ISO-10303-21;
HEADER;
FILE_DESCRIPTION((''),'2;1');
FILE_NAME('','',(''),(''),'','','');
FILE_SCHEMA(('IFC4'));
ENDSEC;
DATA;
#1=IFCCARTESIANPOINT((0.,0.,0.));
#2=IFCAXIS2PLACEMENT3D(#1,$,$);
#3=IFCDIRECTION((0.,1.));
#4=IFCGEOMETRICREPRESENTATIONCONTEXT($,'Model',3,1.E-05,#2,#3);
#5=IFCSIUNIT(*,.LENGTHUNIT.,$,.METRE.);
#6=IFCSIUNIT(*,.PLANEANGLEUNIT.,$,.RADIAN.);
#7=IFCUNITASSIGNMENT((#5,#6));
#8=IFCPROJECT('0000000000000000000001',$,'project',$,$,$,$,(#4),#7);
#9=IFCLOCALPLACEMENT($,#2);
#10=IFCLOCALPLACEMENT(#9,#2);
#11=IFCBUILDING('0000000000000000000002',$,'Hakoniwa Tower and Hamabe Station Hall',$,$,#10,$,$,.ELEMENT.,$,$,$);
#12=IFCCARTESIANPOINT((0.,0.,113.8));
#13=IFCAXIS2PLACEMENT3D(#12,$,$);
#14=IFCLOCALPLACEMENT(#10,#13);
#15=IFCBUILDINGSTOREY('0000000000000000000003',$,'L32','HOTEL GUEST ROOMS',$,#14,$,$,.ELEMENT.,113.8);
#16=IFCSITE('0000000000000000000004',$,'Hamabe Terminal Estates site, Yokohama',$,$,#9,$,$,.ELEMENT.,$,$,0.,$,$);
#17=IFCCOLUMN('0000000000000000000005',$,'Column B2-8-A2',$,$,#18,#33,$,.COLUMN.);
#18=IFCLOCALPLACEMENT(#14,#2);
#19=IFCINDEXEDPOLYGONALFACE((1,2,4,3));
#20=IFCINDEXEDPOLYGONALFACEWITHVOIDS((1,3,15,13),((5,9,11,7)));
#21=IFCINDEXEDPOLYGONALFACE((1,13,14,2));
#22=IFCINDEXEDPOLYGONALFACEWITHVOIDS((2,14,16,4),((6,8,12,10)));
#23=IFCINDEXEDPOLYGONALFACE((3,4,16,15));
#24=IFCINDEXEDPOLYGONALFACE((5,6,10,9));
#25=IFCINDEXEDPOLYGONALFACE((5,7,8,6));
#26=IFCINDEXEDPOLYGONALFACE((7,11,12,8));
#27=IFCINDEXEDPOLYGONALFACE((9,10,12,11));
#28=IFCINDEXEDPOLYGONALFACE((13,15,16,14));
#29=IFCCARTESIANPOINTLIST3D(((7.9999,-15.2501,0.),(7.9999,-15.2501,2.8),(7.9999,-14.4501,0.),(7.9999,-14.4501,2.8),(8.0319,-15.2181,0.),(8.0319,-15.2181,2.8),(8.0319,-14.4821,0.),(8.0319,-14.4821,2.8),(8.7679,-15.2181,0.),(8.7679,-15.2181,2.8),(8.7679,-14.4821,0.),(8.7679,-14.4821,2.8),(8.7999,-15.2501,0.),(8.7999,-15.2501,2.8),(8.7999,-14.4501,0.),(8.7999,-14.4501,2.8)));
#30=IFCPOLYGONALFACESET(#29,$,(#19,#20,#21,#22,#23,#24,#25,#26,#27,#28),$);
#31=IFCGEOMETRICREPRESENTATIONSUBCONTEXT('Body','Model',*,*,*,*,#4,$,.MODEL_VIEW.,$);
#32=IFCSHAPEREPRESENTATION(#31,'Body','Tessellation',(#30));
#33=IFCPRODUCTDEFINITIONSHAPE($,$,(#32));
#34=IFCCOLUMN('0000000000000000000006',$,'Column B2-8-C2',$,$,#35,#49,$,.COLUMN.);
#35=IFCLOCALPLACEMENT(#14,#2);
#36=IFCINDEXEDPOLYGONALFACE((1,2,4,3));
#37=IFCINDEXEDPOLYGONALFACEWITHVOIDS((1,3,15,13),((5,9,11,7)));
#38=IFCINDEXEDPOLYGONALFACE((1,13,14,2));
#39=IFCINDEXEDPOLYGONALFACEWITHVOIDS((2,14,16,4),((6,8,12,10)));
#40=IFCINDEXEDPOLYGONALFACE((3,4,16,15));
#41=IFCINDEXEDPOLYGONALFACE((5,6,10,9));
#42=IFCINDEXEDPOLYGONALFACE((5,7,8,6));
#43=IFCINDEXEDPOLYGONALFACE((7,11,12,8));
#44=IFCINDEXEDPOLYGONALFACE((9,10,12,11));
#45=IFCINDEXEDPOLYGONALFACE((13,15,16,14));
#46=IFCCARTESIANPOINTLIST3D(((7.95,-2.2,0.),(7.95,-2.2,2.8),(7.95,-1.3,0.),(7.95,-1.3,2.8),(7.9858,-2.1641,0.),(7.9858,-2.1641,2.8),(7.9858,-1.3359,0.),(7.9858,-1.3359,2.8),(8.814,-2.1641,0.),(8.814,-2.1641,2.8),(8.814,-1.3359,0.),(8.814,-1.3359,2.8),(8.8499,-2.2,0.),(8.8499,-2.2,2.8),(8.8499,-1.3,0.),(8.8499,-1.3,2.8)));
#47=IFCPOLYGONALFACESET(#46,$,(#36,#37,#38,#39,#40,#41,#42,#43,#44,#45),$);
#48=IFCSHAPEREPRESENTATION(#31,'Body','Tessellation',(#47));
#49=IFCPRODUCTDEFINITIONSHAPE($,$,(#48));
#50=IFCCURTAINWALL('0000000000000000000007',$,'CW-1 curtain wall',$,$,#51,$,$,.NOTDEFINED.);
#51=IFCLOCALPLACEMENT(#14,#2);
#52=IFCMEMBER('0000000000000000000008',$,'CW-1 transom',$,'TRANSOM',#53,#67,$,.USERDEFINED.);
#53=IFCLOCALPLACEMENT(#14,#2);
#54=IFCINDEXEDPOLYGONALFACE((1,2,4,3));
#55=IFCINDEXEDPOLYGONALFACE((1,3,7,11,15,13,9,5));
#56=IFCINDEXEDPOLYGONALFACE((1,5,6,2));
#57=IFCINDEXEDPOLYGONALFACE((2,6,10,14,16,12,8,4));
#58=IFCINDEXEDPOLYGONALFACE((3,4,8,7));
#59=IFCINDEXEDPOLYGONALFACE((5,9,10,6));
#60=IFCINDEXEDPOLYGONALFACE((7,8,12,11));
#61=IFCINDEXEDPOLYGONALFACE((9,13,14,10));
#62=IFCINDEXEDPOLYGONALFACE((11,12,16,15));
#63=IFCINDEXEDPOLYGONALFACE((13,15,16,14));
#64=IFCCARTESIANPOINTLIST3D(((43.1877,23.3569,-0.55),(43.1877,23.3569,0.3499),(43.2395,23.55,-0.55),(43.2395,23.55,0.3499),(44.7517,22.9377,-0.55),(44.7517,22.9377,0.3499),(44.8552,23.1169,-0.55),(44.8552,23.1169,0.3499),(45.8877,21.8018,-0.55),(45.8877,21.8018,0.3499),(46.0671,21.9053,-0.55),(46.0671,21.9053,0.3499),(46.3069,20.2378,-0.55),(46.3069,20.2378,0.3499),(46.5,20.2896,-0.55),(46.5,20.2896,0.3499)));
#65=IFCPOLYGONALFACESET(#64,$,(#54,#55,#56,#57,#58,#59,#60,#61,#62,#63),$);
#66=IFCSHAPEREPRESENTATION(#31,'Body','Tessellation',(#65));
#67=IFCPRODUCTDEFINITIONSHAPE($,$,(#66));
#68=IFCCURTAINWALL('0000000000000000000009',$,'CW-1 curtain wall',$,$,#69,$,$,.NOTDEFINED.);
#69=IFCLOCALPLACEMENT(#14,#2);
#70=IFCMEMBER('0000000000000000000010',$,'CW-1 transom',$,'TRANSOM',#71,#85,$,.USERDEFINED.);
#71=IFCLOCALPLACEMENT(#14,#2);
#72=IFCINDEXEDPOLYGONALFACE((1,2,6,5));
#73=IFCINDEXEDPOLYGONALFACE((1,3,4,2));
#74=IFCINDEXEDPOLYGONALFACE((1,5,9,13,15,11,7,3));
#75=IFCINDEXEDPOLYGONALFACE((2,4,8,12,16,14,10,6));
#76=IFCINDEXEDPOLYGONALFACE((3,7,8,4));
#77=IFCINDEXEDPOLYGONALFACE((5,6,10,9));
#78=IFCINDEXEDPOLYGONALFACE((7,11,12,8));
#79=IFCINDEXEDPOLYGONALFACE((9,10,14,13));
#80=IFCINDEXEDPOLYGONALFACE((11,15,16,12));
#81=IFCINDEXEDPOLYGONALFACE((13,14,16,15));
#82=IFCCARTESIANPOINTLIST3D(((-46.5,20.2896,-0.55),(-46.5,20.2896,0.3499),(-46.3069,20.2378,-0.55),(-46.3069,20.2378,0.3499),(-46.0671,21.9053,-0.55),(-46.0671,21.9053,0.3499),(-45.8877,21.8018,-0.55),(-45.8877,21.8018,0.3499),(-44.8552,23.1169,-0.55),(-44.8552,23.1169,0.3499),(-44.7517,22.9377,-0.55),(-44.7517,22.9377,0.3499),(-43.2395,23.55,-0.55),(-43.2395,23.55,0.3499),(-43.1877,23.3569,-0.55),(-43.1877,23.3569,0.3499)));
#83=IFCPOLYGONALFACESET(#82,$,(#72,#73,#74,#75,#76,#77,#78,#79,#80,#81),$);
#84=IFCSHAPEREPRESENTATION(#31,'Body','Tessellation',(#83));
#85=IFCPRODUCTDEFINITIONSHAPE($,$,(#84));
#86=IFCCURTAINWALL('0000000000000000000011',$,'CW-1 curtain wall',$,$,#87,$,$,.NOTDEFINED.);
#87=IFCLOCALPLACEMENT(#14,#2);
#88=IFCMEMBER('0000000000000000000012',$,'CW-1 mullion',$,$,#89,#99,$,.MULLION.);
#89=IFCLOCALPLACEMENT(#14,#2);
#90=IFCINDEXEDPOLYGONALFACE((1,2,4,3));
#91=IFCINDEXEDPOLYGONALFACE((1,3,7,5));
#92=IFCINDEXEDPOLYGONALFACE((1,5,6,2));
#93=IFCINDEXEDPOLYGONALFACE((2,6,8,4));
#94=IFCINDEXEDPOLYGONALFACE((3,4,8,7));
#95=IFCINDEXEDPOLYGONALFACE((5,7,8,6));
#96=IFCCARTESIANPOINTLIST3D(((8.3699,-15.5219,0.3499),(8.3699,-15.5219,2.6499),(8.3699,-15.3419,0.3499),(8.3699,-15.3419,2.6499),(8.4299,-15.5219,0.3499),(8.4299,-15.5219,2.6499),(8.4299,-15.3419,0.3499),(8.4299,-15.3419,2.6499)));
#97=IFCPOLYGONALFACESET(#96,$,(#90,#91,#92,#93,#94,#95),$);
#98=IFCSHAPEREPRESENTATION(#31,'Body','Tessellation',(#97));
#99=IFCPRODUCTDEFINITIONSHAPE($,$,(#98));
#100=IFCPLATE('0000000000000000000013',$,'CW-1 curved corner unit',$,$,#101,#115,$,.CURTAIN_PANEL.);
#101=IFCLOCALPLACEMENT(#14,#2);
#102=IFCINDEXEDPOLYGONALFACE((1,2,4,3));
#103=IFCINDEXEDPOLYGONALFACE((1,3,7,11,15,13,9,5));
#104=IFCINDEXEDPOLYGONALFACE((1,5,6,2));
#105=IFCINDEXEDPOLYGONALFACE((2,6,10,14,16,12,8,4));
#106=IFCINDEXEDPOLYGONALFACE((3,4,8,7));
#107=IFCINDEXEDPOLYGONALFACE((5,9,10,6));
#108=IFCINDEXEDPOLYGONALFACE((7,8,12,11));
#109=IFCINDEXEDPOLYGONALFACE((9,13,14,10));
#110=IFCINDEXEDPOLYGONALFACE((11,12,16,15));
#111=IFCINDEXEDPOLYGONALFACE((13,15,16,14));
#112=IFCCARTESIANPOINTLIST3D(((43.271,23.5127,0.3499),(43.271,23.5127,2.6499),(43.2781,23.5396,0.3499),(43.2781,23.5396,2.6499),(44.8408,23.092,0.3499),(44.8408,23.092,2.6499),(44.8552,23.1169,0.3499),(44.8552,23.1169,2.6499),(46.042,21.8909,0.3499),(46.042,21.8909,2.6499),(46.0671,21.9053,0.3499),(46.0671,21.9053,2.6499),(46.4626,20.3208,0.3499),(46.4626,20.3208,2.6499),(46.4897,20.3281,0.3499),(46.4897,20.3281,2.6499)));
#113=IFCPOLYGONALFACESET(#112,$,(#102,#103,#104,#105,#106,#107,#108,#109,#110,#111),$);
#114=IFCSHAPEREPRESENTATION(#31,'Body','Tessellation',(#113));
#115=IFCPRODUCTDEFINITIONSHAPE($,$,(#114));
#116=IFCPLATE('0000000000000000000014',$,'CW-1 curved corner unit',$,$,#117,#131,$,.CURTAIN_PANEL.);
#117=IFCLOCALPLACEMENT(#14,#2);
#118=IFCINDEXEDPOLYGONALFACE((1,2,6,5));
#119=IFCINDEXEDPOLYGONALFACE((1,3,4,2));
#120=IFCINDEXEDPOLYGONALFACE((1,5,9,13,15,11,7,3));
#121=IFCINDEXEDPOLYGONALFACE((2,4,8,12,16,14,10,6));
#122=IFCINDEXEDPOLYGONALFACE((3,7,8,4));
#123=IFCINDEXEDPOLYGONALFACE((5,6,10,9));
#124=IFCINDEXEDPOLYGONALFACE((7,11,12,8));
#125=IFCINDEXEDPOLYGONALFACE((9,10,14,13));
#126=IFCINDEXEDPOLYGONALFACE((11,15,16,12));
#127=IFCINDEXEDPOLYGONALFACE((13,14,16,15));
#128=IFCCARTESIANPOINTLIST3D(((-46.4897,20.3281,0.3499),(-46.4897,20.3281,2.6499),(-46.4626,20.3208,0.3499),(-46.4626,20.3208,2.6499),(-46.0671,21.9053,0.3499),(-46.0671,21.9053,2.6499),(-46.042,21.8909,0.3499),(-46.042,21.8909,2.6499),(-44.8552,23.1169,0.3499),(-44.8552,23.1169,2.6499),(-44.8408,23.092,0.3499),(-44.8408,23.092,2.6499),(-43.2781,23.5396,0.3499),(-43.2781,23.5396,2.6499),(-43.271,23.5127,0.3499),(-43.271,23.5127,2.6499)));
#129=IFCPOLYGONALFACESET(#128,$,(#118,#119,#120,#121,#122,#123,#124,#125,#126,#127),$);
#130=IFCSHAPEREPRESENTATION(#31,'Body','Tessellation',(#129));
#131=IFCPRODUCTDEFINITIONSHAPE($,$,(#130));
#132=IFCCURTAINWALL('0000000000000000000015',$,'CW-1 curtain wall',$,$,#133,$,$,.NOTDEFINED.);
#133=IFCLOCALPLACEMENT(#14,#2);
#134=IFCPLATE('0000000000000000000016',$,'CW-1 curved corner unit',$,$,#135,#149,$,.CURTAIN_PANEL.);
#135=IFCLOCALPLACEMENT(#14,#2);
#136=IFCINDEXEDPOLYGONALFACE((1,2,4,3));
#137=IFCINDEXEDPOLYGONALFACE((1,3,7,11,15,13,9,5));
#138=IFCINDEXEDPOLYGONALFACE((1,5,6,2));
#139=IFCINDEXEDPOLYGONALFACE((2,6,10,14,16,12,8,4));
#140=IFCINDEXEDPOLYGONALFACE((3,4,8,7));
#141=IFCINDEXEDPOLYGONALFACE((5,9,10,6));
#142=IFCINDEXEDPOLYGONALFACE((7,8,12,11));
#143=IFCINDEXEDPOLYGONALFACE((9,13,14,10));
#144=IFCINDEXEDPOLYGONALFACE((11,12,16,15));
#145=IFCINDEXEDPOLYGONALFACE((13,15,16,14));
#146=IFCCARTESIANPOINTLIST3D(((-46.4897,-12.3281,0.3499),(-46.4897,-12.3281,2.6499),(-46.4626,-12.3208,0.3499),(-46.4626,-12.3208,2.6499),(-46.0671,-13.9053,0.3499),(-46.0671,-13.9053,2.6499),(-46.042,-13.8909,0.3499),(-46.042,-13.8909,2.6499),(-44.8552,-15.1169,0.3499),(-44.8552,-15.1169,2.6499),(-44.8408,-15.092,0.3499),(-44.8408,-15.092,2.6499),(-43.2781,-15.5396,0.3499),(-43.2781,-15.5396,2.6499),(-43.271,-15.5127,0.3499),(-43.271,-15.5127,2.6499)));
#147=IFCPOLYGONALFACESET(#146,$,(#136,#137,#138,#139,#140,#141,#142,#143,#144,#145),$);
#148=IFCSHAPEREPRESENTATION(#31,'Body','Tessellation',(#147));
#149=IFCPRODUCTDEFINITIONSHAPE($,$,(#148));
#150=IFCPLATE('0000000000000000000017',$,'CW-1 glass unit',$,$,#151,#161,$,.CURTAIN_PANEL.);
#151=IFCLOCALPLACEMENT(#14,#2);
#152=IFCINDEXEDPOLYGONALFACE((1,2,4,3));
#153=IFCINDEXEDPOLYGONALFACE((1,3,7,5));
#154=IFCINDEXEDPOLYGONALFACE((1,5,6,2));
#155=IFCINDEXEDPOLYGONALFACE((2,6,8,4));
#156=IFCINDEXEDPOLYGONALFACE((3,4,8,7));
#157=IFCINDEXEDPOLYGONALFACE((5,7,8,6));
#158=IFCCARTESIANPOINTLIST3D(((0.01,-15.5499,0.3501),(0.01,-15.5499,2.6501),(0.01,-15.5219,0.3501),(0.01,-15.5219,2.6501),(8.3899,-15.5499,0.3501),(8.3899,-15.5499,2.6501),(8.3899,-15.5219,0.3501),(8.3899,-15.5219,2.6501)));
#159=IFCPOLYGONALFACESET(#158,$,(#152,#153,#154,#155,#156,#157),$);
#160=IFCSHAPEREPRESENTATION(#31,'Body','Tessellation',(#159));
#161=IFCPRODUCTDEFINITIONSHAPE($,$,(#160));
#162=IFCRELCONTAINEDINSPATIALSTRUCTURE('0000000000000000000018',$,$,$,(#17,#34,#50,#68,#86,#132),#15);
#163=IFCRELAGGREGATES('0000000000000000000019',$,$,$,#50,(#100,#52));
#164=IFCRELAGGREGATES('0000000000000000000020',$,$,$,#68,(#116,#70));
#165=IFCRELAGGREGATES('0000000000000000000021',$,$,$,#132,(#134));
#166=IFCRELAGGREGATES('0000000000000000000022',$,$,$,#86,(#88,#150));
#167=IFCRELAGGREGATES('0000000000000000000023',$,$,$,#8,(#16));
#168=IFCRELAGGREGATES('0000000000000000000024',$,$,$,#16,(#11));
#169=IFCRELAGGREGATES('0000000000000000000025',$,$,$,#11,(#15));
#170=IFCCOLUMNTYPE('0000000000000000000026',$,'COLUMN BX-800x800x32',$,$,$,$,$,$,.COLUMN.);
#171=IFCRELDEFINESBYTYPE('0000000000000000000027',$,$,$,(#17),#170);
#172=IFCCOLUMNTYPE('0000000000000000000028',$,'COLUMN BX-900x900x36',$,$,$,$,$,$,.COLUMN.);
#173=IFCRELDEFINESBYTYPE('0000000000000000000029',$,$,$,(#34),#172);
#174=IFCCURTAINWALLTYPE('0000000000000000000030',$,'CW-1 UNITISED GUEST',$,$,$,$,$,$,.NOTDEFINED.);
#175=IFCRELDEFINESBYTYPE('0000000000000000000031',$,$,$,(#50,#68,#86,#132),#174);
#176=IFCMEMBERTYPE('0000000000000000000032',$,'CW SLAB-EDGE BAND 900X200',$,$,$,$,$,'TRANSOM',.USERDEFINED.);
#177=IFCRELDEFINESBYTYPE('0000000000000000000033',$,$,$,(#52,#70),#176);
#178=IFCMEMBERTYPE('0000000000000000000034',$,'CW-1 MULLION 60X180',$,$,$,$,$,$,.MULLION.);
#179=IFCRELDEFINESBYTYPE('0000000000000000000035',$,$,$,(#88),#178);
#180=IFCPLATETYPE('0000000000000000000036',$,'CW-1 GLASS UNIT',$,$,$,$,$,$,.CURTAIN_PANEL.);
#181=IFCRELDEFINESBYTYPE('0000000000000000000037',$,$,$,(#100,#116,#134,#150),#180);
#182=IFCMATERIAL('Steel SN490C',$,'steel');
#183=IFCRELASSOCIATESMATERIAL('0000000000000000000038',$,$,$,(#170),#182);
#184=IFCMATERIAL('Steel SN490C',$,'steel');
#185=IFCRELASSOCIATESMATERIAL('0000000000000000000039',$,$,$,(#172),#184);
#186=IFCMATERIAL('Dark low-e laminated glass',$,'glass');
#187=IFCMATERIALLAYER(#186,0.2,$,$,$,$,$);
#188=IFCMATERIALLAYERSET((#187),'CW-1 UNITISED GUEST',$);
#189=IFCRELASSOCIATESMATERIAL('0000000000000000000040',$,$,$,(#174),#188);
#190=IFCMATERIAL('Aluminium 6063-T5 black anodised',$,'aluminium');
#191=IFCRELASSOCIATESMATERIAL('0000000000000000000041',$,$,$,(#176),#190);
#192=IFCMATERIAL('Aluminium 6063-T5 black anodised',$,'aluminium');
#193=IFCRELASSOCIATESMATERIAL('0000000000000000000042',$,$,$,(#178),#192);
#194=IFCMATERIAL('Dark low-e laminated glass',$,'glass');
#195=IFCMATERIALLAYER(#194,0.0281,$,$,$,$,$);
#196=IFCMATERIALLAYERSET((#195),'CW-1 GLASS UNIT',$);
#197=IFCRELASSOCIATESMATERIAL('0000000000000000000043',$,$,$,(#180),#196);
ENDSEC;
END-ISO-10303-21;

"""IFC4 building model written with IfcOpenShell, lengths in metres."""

from ifc_helpers import new_model, si_unit, direction, frame, origin, origin_2d, place, context, subcontext, project, spatial, polyline, rectangle, hollow_rectangle, outline, extrude, material, layer, layer_set, material_profile, profile_set, type_object, element, aggregate, save


model = new_model("IFC4")

# Units and contexts
model_context = context("Model", 3, precision=1e-05, world=origin(), true_north=direction((0.0, 1.0)))
body_context = subcontext(model_context, "Body", "Model", "MODEL_VIEW")
ifc_project = project(units=[si_unit("LENGTHUNIT", "METRE"), si_unit("PLANEANGLEUNIT", "RADIAN")], contexts=[model_context])

# Site, building, storey
site_placement = place(None, origin())
site = spatial("IfcSite", under=ifc_project, at=site_placement, Name="Hamabe Terminal Estates site, Yokohama", CompositionType="ELEMENT", RefElevation=0.0)
building_placement = place(site_placement, origin())
building = spatial("IfcBuilding", under=site, at=building_placement, Name="Hakoniwa Tower and Hamabe Station Hall", CompositionType="ELEMENT")
storey_placement = place(building_placement, frame((0.0, 0.0, 113.8)))
storey = spatial("IfcBuildingStorey", under=building, at=storey_placement, Name="L32", Description="HOTEL GUEST ROOMS", CompositionType="ELEMENT", Elevation=113.8)

# Columns
ifc_material_1 = material(Name="Steel SN490C", Category="steel")
ifc_material_profile_1 = material_profile(ifc_material_1, hollow_rectangle(XDim=0.8, YDim=0.8, WallThickness=0.032, at=origin_2d()), Name="BX-800x800x32")
ifc_profile_set_1 = profile_set([ifc_material_profile_1], Name="Steel SN490C")
column_type_1 = type_object("IfcColumnType", Name="COLUMN BX-800x800x32", PredefinedType="COLUMN", material=ifc_profile_set_1)
column_1_placement = place(storey_placement, frame((8.3999, -14.8501, 0.0), z_axis=(0.0, 0.0, 1.0), x_axis=(1.0, 0.0, 0.0)))
element("IfcColumn", 1, at=column_1_placement, inside=storey, type_object=column_type_1, Name="Column B2-8-A2", PredefinedType="COLUMN", context=body_context, shape_type="SweptSolid", body=[
    extrude(hollow_rectangle(XDim=0.8, YDim=0.8, WallThickness=0.032, at=origin_2d()), origin(), (0.0, 0.0, 1.0), 2.8),
])
ifc_material_2 = material(Name="Steel SN490C", Category="steel")
ifc_material_profile_2 = material_profile(ifc_material_2, hollow_rectangle(XDim=0.8999, YDim=0.8999, WallThickness=0.0359, at=origin_2d()), Name="BX-900x900x36")
ifc_profile_set_2 = profile_set([ifc_material_profile_2], Name="Steel SN490C")
column_type_2 = type_object("IfcColumnType", Name="COLUMN BX-900x900x36", PredefinedType="COLUMN", material=ifc_profile_set_2)
column_2_placement = place(storey_placement, frame((8.3999, -1.75, 0.0), z_axis=(0.0, 0.0, 1.0), x_axis=(1.0, 0.0, 0.0)))
element("IfcColumn", 2, at=column_2_placement, inside=storey, type_object=column_type_2, Name="Column B2-8-C2", PredefinedType="COLUMN", context=body_context, shape_type="SweptSolid", body=[
    extrude(hollow_rectangle(XDim=0.8999, YDim=0.8999, WallThickness=0.0359, at=origin_2d()), origin(), (0.0, 0.0, 1.0), 2.8),
])

# Curtain walls, members
ifc_material_3 = material(Name="Dark low-e laminated glass", Category="glass")
ifc_layer_1 = layer(ifc_material_3, 0.2)
ifc_layer_set_1 = layer_set([ifc_layer_1], Name="CW-1 UNITISED GUEST")
curtain_wall_type = type_object("IfcCurtainWallType", Name="CW-1 UNITISED GUEST", PredefinedType="NOTDEFINED", material=ifc_layer_set_1)
curtain_wall_1_placement = place(storey_placement, origin())
curtain_wall_1 = element("IfcCurtainWall", 3, at=curtain_wall_1_placement, inside=storey, type_object=curtain_wall_type, Name="CW-1 curtain wall", PredefinedType="NOTDEFINED")
ifc_material_4 = material(Name="Aluminium 6063-T5 black anodised", Category="aluminium")
ifc_material_profile_3 = material_profile(ifc_material_4, rectangle(XDim=0.2, YDim=0.8999, at=origin_2d()), Name="CW SLAB-EDGE BAND 900X200")
ifc_profile_set_3 = profile_set([ifc_material_profile_3], Name="Aluminium 6063-T5 black anodised")
member_type_1 = type_object("IfcMemberType", Name="CW SLAB-EDGE BAND 900X200", ElementType="TRANSOM", PredefinedType="USERDEFINED", material=ifc_profile_set_3)
member_1_placement = place(storey_placement, frame((0.0, 0.0, -0.55)))
member_1 = element("IfcMember", 4, at=member_1_placement, type_object=member_type_1, Name="CW-1 transom", ObjectType="TRANSOM", PredefinedType="USERDEFINED", context=body_context, shape_type="SweptSolid", body=[
    extrude(outline(polyline([(46.5, 20.2896), (46.0671, 21.9053), (44.8552, 23.1169), (43.2395, 23.55), (43.1877, 23.3569), (44.7517, 22.9377), (45.8877, 21.8018), (46.3069, 20.2378), (46.5, 20.2896)])), origin(), (0.0, 0.0, 1.0), 0.8999),
])
curtain_wall_2_placement = place(storey_placement, origin())
curtain_wall_2 = element("IfcCurtainWall", 5, at=curtain_wall_2_placement, inside=storey, type_object=curtain_wall_type, Name="CW-1 curtain wall", PredefinedType="NOTDEFINED")
member_2_placement = place(storey_placement, frame((0.0, 0.0, -0.55)))
member_2 = element("IfcMember", 6, at=member_2_placement, type_object=member_type_1, Name="CW-1 transom", ObjectType="TRANSOM", PredefinedType="USERDEFINED", context=body_context, shape_type="SweptSolid", body=[
    extrude(outline(polyline([(-43.2395, 23.55), (-44.8552, 23.1169), (-46.0671, 21.9053), (-46.5, 20.2896), (-46.3069, 20.2378), (-45.8877, 21.8018), (-44.7517, 22.9377), (-43.1877, 23.3569), (-43.2395, 23.55)])), origin(), (0.0, 0.0, 1.0), 0.8999),
])
curtain_wall_3_placement = place(storey_placement, origin())
curtain_wall_3 = element("IfcCurtainWall", 7, at=curtain_wall_3_placement, inside=storey, type_object=curtain_wall_type, Name="CW-1 curtain wall", PredefinedType="NOTDEFINED")
ifc_material_5 = material(Name="Aluminium 6063-T5 black anodised", Category="aluminium")
ifc_material_profile_4 = material_profile(ifc_material_5, rectangle(XDim=0.0601, YDim=0.1799, at=origin_2d()), Name="CW-1 MULLION 60X180")
ifc_profile_set_4 = profile_set([ifc_material_profile_4], Name="Aluminium 6063-T5 black anodised")
member_type_2 = type_object("IfcMemberType", Name="CW-1 MULLION 60X180", PredefinedType="MULLION", material=ifc_profile_set_4)
member_3_placement = place(storey_placement, frame((8.3999, -15.4319, 0.3499), z_axis=(0.0, 0.0, 1.0), x_axis=(1.0, 0.0, 0.0)))
member_3 = element("IfcMember", 8, at=member_3_placement, type_object=member_type_2, Name="CW-1 mullion", PredefinedType="MULLION", context=body_context, shape_type="SweptSolid", body=[
    extrude(rectangle(XDim=0.0601, YDim=0.1799, at=origin_2d()), origin(), (0.0, 0.0, 1.0), 2.3),
])

# Plates
ifc_material_6 = material(Name="Dark low-e laminated glass", Category="glass")
ifc_layer_2 = layer(ifc_material_6, 0.0281)
ifc_layer_set_2 = layer_set([ifc_layer_2], Name="CW-1 GLASS UNIT")
plate_type = type_object("IfcPlateType", Name="CW-1 GLASS UNIT", PredefinedType="CURTAIN_PANEL", material=ifc_layer_set_2)
plate_1_placement = place(storey_placement, frame((0.0, 0.0, 0.3499)))
plate_1 = element("IfcPlate", 9, at=plate_1_placement, type_object=plate_type, Name="CW-1 curved corner unit", PredefinedType="CURTAIN_PANEL", context=body_context, shape_type="SweptSolid", body=[
    extrude(outline(polyline([(46.4897, 20.3281), (46.0671, 21.9053), (44.8552, 23.1169), (43.2781, 23.5396), (43.271, 23.5127), (44.8408, 23.092), (46.042, 21.8909), (46.4626, 20.3208), (46.4897, 20.3281)])), origin(), (0.0, 0.0, 1.0), 2.3),
])
aggregate(curtain_wall_1, [plate_1, member_1])
plate_2_placement = place(storey_placement, frame((0.0, 0.0, 0.3499)))
plate_2 = element("IfcPlate", 10, at=plate_2_placement, type_object=plate_type, Name="CW-1 curved corner unit", PredefinedType="CURTAIN_PANEL", context=body_context, shape_type="SweptSolid", body=[
    extrude(outline(polyline([(-43.2781, 23.5396), (-44.8552, 23.1169), (-46.0671, 21.9053), (-46.4897, 20.3281), (-46.4626, 20.3208), (-46.042, 21.8909), (-44.8408, 23.092), (-43.271, 23.5127), (-43.2781, 23.5396)])), origin(), (0.0, 0.0, 1.0), 2.3),
])
aggregate(curtain_wall_2, [plate_2, member_2])

# Curtain wall, plate
curtain_wall_4_placement = place(storey_placement, origin())
curtain_wall_4 = element("IfcCurtainWall", 11, at=curtain_wall_4_placement, inside=storey, type_object=curtain_wall_type, Name="CW-1 curtain wall", PredefinedType="NOTDEFINED")
plate_3_placement = place(storey_placement, frame((0.0, 0.0, 0.3499)))
plate_3 = element("IfcPlate", 12, at=plate_3_placement, type_object=plate_type, Name="CW-1 curved corner unit", PredefinedType="CURTAIN_PANEL", context=body_context, shape_type="SweptSolid", body=[
    extrude(outline(polyline([(-46.4897, -12.3281), (-46.0671, -13.9053), (-44.8552, -15.1169), (-43.2781, -15.5396), (-43.271, -15.5127), (-44.8408, -15.092), (-46.042, -13.8909), (-46.4626, -12.3208), (-46.4897, -12.3281)])), origin(), (0.0, 0.0, 1.0), 2.3),
])
aggregate(curtain_wall_4, [plate_3])

# Plate
plate_4_placement = place(storey_placement, frame((4.2, -15.5359, 0.3501), z_axis=(0.0, 0.0, 1.0), x_axis=(1.0, 0.0, 0.0)))
plate_4 = element("IfcPlate", 13, at=plate_4_placement, type_object=plate_type, Name="CW-1 glass unit", PredefinedType="CURTAIN_PANEL", context=body_context, shape_type="SweptSolid", body=[
    extrude(rectangle(XDim=8.3799, YDim=0.0281, at=origin_2d()), origin(), (0.0, 0.0, 1.0), 2.3),
])
aggregate(curtain_wall_3, [member_3, plate_4])

save(model, "model.ifc")
